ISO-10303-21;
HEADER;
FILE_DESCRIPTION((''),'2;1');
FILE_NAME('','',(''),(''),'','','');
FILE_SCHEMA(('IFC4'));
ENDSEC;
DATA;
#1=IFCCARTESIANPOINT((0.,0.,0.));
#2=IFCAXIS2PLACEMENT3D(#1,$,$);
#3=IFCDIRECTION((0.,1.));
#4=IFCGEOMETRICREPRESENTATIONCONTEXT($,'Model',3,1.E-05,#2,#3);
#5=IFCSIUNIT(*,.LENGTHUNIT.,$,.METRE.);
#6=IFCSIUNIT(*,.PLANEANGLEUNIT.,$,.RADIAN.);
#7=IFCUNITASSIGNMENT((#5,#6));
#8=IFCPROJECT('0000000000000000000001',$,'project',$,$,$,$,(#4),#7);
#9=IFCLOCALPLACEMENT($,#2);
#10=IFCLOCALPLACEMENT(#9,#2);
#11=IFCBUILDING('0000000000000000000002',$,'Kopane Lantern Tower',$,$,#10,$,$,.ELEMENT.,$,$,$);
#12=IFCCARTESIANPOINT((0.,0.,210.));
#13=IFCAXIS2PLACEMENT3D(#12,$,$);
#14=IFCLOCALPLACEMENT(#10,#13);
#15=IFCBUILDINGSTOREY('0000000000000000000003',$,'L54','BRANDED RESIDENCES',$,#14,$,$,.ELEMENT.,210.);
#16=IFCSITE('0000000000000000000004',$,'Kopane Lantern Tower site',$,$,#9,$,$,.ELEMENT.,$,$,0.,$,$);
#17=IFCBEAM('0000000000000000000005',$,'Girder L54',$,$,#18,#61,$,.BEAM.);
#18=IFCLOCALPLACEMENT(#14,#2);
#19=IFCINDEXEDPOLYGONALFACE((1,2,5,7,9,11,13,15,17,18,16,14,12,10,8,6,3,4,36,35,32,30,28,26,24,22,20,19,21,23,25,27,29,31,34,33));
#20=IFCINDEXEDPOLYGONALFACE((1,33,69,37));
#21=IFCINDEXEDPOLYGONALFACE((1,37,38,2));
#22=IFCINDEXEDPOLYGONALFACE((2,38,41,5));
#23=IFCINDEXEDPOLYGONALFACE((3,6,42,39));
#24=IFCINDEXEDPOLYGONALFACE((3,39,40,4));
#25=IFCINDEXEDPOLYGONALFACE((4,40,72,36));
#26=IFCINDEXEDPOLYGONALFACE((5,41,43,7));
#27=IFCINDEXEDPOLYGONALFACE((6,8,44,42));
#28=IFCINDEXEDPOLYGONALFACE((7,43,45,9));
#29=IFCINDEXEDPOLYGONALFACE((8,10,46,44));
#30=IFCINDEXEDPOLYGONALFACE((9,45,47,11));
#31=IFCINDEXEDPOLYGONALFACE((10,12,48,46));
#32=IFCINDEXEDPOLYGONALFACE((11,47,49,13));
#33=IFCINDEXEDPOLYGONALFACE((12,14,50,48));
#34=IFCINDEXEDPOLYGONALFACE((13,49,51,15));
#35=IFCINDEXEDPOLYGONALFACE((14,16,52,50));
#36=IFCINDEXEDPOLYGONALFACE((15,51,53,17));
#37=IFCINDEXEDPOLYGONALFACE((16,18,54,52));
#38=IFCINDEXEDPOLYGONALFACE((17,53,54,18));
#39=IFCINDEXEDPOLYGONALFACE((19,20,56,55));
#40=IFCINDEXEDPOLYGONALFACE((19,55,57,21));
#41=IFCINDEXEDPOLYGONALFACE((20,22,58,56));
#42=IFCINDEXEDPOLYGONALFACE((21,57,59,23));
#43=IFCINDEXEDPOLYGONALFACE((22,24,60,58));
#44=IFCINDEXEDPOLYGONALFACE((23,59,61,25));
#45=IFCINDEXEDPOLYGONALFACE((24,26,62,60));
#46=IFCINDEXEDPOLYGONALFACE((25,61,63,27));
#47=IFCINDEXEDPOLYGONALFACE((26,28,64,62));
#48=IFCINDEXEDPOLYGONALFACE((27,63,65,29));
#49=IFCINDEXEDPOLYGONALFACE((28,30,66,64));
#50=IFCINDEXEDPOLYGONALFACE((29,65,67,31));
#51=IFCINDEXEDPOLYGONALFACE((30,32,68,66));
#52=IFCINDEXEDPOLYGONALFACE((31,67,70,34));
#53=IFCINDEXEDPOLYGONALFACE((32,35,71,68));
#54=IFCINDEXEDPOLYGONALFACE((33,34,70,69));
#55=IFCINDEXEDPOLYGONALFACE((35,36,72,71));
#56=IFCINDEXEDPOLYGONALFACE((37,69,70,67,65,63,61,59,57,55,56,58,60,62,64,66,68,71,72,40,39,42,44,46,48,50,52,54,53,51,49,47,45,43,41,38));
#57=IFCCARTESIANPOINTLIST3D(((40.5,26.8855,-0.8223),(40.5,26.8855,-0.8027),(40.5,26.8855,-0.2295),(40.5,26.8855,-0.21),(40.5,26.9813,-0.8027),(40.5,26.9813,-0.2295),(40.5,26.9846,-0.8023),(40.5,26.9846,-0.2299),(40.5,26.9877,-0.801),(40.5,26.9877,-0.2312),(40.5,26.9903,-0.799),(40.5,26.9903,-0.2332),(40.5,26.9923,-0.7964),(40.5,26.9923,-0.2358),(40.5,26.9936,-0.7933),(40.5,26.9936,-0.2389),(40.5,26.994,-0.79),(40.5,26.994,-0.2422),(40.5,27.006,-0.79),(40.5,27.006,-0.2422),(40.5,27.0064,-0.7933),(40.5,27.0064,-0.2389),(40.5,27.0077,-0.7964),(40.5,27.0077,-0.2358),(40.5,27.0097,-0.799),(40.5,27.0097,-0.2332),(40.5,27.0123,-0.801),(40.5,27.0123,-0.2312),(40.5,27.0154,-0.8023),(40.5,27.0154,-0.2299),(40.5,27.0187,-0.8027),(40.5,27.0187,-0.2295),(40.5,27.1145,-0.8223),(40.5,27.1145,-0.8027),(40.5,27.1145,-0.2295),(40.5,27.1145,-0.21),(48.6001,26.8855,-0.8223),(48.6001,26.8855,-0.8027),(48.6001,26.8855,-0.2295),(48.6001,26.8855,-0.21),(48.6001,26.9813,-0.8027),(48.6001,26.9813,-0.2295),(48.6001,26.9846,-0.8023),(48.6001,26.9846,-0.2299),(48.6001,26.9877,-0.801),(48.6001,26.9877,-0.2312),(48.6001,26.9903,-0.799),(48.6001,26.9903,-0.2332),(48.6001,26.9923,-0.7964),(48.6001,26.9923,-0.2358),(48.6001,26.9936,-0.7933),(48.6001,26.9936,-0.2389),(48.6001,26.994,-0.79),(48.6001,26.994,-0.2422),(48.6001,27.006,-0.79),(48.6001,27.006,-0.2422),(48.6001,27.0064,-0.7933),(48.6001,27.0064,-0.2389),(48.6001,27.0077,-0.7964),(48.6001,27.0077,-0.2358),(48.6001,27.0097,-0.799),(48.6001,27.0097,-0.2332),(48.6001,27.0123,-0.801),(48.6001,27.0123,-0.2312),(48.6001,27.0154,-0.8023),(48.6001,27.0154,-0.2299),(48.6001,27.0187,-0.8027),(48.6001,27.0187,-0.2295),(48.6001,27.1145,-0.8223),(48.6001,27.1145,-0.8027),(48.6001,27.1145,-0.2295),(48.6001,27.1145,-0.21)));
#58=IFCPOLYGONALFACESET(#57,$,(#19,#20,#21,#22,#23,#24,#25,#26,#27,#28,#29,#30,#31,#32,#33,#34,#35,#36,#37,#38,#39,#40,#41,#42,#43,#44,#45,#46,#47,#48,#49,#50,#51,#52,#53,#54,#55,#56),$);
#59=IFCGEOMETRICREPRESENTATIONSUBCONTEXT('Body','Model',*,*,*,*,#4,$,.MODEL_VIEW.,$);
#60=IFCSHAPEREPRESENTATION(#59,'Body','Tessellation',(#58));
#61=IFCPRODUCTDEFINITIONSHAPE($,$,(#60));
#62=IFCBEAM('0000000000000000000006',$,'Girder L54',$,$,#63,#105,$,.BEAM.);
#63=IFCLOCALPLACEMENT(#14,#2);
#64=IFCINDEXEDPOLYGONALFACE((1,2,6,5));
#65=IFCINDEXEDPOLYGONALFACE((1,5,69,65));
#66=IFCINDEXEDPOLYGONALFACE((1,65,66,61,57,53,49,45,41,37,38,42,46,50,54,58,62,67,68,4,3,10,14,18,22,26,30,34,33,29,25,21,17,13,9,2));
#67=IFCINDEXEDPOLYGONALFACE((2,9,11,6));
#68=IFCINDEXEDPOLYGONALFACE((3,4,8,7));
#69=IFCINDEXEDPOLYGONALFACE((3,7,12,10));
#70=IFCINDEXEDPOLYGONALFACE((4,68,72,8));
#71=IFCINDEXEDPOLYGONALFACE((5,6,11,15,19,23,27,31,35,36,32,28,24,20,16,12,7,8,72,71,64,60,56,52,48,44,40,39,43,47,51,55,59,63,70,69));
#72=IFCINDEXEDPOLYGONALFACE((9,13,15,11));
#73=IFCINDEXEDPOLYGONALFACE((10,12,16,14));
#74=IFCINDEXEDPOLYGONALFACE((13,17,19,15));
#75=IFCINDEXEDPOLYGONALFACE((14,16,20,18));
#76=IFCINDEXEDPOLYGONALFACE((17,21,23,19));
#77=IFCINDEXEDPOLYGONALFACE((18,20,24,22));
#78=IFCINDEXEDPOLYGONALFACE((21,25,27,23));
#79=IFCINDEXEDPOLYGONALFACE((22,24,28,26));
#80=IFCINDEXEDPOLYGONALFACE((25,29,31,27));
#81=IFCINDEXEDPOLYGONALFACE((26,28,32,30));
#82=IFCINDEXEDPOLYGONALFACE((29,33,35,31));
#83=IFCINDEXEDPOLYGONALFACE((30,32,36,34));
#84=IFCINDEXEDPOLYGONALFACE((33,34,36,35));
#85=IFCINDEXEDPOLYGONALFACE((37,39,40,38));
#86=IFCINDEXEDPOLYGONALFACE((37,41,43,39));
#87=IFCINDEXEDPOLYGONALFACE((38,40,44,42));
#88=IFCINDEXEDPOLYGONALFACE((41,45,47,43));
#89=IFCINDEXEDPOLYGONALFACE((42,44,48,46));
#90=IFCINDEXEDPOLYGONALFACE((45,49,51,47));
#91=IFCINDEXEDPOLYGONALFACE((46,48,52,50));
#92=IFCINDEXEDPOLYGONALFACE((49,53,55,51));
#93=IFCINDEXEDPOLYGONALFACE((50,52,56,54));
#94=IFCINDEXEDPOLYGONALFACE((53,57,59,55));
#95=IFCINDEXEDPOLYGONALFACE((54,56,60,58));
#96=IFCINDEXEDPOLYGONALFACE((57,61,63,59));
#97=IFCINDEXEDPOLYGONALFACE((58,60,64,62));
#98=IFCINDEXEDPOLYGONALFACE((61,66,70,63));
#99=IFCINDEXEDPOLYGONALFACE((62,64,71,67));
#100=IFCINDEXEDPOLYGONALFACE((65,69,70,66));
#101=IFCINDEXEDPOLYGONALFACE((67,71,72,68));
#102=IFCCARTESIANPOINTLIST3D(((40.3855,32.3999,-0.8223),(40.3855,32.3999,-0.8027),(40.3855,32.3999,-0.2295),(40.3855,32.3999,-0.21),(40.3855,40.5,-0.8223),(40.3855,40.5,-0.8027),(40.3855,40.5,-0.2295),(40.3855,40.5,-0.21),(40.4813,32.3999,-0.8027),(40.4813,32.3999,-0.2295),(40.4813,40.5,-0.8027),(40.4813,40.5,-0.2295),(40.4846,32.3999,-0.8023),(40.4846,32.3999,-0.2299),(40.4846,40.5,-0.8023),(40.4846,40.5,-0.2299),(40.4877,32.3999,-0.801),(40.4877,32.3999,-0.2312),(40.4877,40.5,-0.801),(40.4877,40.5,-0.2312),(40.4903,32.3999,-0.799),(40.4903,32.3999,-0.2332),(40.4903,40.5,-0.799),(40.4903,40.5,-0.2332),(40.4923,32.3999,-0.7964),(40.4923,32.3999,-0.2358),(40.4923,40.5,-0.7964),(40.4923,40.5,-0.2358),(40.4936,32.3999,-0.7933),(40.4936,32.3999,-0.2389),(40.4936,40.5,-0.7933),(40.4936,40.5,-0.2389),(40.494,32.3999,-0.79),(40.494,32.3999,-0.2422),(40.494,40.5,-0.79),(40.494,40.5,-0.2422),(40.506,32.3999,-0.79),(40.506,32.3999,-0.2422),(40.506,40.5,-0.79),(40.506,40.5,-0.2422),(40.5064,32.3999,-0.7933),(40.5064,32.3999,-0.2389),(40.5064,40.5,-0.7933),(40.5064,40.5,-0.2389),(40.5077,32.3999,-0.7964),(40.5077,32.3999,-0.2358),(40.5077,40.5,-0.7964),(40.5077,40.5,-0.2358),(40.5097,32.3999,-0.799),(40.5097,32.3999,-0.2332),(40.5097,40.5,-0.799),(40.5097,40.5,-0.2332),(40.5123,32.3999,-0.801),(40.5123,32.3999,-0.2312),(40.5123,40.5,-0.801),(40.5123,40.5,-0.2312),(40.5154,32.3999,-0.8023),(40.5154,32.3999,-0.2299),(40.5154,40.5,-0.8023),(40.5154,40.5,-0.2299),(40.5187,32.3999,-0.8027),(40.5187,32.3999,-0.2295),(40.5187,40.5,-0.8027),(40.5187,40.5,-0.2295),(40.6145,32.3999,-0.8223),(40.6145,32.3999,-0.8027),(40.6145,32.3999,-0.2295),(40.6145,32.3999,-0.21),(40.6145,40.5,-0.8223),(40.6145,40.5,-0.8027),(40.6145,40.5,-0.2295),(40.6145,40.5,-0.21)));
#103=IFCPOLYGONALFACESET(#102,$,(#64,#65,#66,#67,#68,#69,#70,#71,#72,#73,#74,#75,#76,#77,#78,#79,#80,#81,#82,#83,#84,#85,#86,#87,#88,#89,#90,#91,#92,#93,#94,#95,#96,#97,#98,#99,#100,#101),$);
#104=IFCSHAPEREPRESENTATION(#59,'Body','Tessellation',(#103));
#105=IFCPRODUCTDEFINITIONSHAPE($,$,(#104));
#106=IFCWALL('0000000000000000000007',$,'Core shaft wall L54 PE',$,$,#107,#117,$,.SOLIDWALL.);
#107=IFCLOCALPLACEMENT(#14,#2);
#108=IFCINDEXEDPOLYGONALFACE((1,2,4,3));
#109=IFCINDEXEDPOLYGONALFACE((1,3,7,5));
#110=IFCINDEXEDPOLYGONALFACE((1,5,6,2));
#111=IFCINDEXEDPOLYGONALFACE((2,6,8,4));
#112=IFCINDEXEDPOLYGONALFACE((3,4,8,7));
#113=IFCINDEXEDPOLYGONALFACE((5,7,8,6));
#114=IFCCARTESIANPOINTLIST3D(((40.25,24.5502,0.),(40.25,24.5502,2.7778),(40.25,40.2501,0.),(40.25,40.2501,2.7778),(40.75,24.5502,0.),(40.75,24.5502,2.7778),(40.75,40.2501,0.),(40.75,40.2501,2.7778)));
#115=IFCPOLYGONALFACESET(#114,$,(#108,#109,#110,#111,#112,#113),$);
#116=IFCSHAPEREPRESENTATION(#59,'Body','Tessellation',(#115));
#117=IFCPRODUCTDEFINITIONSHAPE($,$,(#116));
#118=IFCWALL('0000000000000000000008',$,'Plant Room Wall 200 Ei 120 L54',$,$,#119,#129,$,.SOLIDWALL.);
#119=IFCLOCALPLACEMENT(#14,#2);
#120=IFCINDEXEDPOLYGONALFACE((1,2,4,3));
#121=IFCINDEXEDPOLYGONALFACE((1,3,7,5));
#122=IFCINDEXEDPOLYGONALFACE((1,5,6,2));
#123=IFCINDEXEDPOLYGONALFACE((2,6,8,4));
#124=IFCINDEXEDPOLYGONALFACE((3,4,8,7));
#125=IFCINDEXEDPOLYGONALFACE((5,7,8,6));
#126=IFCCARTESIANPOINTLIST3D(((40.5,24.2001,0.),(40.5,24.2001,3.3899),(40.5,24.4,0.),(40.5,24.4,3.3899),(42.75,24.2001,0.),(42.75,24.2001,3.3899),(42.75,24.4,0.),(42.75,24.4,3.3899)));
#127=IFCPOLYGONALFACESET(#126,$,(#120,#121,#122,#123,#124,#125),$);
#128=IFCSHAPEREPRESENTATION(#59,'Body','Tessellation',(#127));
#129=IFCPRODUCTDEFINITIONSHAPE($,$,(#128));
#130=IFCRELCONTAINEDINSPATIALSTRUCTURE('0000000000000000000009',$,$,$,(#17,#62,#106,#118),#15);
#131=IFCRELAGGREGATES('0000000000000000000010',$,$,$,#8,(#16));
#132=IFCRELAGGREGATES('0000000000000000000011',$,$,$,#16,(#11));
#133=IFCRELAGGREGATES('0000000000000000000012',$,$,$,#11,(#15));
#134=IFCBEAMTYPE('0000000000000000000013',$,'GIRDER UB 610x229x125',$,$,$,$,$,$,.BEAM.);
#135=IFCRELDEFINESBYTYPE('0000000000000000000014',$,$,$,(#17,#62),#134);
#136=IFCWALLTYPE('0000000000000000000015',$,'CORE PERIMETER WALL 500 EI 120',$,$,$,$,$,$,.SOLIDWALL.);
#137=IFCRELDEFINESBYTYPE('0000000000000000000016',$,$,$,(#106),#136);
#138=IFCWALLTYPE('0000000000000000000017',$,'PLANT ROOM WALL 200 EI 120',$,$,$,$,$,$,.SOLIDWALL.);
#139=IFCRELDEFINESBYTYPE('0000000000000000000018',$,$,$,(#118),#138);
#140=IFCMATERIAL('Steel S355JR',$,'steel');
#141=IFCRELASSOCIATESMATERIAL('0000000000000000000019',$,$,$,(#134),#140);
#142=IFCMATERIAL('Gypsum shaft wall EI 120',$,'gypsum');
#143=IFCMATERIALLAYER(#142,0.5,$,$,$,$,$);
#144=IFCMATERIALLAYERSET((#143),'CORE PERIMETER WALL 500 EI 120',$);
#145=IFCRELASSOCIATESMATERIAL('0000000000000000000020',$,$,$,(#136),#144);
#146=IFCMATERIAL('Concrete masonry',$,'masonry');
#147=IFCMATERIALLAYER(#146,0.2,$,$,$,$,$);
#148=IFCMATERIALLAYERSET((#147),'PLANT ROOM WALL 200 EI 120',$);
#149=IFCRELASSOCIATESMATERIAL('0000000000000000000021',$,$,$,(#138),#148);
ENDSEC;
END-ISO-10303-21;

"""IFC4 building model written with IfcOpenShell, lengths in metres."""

from ifc_helpers import new_model, si_unit, direction, frame, frame_2d, origin, origin_2d, place, context, subcontext, project, spatial, rectangle, i_section, extrude, material, layer, layer_set, material_profile, profile_set, type_object, element, save


model = new_model("IFC4")

# Units and contexts
model_context = context("Model", 3, precision=1e-05, world=origin(), true_north=direction((0.0, 1.0)))
body_context = subcontext(model_context, "Body", "Model", "MODEL_VIEW")
ifc_project = project(units=[si_unit("LENGTHUNIT", "METRE"), si_unit("PLANEANGLEUNIT", "RADIAN")], contexts=[model_context])

# Site, building, storey
site_placement = place(None, origin())
site = spatial("IfcSite", under=ifc_project, at=site_placement, Name="Kopane Lantern Tower site", CompositionType="ELEMENT", RefElevation=0.0)
building_placement = place(site_placement, origin())
building = spatial("IfcBuilding", under=site, at=building_placement, Name="Kopane Lantern Tower", CompositionType="ELEMENT")
storey_placement = place(building_placement, frame((0.0, 0.0, 210.0)))
storey = spatial("IfcBuildingStorey", under=building, at=storey_placement, Name="L54", Description="BRANDED RESIDENCES", CompositionType="ELEMENT", Elevation=210.0)

# Beams
ifc_material_1 = material(Name="Steel S355JR", Category="steel")
ifc_material_profile_1 = material_profile(ifc_material_1, i_section(OverallWidth=0.229, OverallDepth=0.6123, WebThickness=0.012, FlangeThickness=0.0195, FilletRadius=0.0127, at=origin_2d()), Name="UB 610x229x125")
ifc_profile_set_1 = profile_set([ifc_material_profile_1], Name="Steel S355JR")
beam_type = type_object("IfcBeamType", Name="GIRDER UB 610x229x125", PredefinedType="BEAM", material=ifc_profile_set_1)
for number, where, z_axis, x_axis, name in (
    (1, (40.5, 27.0, -0.5161), (1.0, 0.0, 0.0), (0.0, 1.0, 0.0), "Girder L54"),
    (2, (40.5, 32.3999, -0.5161), (0.0, 1.0, 0.0), (-1.0, 0.0, 0.0), "Girder L54"),
):
    element("IfcBeam", number, at=place(storey_placement, frame(where, z_axis=z_axis, x_axis=x_axis)), inside=storey, type_object=beam_type, Name=name, PredefinedType="BEAM", context=body_context, shape_type="SweptSolid", body=[
        extrude(i_section(OverallWidth=0.229, OverallDepth=0.6123, WebThickness=0.012, FlangeThickness=0.0195, FilletRadius=0.0127, at=origin_2d()), origin(), (0.0, 0.0, 1.0), 8.1001),
    ])

# Walls
ifc_material_2 = material(Name="Gypsum shaft wall EI 120", Category="gypsum")
ifc_layer_1 = layer(ifc_material_2, 0.5)
ifc_layer_set_1 = layer_set([ifc_layer_1], Name="CORE PERIMETER WALL 500 EI 120")
wall_type_1 = type_object("IfcWallType", Name="CORE PERIMETER WALL 500 EI 120", PredefinedType="SOLIDWALL", material=ifc_layer_set_1)
wall_1_placement = place(storey_placement, frame((40.5, 24.55, 0.0), z_axis=(0.0, 0.0, 1.0), x_axis=(0.0, 1.0, 0.0)))
element("IfcWall", 3, at=wall_1_placement, inside=storey, type_object=wall_type_1, Name="Core shaft wall L54 PE", PredefinedType="SOLIDWALL", context=body_context, shape_type="SweptSolid", body=[
    extrude(rectangle(XDim=15.7, YDim=0.5, at=frame_2d((7.8501, 0.0))), origin(), (0.0, 0.0, 1.0), 2.7778),
])
ifc_material_3 = material(Name="Concrete masonry", Category="masonry")
ifc_layer_2 = layer(ifc_material_3, 0.2)
ifc_layer_set_2 = layer_set([ifc_layer_2], Name="PLANT ROOM WALL 200 EI 120")
wall_type_2 = type_object("IfcWallType", Name="PLANT ROOM WALL 200 EI 120", PredefinedType="SOLIDWALL", material=ifc_layer_set_2)
wall_2_placement = place(storey_placement, frame((40.5, 24.3, 0.0), z_axis=(0.0, 0.0, 1.0), x_axis=(1.0, 0.0, 0.0)))
element("IfcWall", 4, at=wall_2_placement, inside=storey, type_object=wall_type_2, Name="Plant Room Wall 200 Ei 120 L54", PredefinedType="SOLIDWALL", context=body_context, shape_type="SweptSolid", body=[
    extrude(rectangle(XDim=2.25, YDim=0.2, at=frame_2d((1.125, 0.0))), origin(), (0.0, 0.0, 1.0), 3.3899),
])

save(model, "model.ifc")
